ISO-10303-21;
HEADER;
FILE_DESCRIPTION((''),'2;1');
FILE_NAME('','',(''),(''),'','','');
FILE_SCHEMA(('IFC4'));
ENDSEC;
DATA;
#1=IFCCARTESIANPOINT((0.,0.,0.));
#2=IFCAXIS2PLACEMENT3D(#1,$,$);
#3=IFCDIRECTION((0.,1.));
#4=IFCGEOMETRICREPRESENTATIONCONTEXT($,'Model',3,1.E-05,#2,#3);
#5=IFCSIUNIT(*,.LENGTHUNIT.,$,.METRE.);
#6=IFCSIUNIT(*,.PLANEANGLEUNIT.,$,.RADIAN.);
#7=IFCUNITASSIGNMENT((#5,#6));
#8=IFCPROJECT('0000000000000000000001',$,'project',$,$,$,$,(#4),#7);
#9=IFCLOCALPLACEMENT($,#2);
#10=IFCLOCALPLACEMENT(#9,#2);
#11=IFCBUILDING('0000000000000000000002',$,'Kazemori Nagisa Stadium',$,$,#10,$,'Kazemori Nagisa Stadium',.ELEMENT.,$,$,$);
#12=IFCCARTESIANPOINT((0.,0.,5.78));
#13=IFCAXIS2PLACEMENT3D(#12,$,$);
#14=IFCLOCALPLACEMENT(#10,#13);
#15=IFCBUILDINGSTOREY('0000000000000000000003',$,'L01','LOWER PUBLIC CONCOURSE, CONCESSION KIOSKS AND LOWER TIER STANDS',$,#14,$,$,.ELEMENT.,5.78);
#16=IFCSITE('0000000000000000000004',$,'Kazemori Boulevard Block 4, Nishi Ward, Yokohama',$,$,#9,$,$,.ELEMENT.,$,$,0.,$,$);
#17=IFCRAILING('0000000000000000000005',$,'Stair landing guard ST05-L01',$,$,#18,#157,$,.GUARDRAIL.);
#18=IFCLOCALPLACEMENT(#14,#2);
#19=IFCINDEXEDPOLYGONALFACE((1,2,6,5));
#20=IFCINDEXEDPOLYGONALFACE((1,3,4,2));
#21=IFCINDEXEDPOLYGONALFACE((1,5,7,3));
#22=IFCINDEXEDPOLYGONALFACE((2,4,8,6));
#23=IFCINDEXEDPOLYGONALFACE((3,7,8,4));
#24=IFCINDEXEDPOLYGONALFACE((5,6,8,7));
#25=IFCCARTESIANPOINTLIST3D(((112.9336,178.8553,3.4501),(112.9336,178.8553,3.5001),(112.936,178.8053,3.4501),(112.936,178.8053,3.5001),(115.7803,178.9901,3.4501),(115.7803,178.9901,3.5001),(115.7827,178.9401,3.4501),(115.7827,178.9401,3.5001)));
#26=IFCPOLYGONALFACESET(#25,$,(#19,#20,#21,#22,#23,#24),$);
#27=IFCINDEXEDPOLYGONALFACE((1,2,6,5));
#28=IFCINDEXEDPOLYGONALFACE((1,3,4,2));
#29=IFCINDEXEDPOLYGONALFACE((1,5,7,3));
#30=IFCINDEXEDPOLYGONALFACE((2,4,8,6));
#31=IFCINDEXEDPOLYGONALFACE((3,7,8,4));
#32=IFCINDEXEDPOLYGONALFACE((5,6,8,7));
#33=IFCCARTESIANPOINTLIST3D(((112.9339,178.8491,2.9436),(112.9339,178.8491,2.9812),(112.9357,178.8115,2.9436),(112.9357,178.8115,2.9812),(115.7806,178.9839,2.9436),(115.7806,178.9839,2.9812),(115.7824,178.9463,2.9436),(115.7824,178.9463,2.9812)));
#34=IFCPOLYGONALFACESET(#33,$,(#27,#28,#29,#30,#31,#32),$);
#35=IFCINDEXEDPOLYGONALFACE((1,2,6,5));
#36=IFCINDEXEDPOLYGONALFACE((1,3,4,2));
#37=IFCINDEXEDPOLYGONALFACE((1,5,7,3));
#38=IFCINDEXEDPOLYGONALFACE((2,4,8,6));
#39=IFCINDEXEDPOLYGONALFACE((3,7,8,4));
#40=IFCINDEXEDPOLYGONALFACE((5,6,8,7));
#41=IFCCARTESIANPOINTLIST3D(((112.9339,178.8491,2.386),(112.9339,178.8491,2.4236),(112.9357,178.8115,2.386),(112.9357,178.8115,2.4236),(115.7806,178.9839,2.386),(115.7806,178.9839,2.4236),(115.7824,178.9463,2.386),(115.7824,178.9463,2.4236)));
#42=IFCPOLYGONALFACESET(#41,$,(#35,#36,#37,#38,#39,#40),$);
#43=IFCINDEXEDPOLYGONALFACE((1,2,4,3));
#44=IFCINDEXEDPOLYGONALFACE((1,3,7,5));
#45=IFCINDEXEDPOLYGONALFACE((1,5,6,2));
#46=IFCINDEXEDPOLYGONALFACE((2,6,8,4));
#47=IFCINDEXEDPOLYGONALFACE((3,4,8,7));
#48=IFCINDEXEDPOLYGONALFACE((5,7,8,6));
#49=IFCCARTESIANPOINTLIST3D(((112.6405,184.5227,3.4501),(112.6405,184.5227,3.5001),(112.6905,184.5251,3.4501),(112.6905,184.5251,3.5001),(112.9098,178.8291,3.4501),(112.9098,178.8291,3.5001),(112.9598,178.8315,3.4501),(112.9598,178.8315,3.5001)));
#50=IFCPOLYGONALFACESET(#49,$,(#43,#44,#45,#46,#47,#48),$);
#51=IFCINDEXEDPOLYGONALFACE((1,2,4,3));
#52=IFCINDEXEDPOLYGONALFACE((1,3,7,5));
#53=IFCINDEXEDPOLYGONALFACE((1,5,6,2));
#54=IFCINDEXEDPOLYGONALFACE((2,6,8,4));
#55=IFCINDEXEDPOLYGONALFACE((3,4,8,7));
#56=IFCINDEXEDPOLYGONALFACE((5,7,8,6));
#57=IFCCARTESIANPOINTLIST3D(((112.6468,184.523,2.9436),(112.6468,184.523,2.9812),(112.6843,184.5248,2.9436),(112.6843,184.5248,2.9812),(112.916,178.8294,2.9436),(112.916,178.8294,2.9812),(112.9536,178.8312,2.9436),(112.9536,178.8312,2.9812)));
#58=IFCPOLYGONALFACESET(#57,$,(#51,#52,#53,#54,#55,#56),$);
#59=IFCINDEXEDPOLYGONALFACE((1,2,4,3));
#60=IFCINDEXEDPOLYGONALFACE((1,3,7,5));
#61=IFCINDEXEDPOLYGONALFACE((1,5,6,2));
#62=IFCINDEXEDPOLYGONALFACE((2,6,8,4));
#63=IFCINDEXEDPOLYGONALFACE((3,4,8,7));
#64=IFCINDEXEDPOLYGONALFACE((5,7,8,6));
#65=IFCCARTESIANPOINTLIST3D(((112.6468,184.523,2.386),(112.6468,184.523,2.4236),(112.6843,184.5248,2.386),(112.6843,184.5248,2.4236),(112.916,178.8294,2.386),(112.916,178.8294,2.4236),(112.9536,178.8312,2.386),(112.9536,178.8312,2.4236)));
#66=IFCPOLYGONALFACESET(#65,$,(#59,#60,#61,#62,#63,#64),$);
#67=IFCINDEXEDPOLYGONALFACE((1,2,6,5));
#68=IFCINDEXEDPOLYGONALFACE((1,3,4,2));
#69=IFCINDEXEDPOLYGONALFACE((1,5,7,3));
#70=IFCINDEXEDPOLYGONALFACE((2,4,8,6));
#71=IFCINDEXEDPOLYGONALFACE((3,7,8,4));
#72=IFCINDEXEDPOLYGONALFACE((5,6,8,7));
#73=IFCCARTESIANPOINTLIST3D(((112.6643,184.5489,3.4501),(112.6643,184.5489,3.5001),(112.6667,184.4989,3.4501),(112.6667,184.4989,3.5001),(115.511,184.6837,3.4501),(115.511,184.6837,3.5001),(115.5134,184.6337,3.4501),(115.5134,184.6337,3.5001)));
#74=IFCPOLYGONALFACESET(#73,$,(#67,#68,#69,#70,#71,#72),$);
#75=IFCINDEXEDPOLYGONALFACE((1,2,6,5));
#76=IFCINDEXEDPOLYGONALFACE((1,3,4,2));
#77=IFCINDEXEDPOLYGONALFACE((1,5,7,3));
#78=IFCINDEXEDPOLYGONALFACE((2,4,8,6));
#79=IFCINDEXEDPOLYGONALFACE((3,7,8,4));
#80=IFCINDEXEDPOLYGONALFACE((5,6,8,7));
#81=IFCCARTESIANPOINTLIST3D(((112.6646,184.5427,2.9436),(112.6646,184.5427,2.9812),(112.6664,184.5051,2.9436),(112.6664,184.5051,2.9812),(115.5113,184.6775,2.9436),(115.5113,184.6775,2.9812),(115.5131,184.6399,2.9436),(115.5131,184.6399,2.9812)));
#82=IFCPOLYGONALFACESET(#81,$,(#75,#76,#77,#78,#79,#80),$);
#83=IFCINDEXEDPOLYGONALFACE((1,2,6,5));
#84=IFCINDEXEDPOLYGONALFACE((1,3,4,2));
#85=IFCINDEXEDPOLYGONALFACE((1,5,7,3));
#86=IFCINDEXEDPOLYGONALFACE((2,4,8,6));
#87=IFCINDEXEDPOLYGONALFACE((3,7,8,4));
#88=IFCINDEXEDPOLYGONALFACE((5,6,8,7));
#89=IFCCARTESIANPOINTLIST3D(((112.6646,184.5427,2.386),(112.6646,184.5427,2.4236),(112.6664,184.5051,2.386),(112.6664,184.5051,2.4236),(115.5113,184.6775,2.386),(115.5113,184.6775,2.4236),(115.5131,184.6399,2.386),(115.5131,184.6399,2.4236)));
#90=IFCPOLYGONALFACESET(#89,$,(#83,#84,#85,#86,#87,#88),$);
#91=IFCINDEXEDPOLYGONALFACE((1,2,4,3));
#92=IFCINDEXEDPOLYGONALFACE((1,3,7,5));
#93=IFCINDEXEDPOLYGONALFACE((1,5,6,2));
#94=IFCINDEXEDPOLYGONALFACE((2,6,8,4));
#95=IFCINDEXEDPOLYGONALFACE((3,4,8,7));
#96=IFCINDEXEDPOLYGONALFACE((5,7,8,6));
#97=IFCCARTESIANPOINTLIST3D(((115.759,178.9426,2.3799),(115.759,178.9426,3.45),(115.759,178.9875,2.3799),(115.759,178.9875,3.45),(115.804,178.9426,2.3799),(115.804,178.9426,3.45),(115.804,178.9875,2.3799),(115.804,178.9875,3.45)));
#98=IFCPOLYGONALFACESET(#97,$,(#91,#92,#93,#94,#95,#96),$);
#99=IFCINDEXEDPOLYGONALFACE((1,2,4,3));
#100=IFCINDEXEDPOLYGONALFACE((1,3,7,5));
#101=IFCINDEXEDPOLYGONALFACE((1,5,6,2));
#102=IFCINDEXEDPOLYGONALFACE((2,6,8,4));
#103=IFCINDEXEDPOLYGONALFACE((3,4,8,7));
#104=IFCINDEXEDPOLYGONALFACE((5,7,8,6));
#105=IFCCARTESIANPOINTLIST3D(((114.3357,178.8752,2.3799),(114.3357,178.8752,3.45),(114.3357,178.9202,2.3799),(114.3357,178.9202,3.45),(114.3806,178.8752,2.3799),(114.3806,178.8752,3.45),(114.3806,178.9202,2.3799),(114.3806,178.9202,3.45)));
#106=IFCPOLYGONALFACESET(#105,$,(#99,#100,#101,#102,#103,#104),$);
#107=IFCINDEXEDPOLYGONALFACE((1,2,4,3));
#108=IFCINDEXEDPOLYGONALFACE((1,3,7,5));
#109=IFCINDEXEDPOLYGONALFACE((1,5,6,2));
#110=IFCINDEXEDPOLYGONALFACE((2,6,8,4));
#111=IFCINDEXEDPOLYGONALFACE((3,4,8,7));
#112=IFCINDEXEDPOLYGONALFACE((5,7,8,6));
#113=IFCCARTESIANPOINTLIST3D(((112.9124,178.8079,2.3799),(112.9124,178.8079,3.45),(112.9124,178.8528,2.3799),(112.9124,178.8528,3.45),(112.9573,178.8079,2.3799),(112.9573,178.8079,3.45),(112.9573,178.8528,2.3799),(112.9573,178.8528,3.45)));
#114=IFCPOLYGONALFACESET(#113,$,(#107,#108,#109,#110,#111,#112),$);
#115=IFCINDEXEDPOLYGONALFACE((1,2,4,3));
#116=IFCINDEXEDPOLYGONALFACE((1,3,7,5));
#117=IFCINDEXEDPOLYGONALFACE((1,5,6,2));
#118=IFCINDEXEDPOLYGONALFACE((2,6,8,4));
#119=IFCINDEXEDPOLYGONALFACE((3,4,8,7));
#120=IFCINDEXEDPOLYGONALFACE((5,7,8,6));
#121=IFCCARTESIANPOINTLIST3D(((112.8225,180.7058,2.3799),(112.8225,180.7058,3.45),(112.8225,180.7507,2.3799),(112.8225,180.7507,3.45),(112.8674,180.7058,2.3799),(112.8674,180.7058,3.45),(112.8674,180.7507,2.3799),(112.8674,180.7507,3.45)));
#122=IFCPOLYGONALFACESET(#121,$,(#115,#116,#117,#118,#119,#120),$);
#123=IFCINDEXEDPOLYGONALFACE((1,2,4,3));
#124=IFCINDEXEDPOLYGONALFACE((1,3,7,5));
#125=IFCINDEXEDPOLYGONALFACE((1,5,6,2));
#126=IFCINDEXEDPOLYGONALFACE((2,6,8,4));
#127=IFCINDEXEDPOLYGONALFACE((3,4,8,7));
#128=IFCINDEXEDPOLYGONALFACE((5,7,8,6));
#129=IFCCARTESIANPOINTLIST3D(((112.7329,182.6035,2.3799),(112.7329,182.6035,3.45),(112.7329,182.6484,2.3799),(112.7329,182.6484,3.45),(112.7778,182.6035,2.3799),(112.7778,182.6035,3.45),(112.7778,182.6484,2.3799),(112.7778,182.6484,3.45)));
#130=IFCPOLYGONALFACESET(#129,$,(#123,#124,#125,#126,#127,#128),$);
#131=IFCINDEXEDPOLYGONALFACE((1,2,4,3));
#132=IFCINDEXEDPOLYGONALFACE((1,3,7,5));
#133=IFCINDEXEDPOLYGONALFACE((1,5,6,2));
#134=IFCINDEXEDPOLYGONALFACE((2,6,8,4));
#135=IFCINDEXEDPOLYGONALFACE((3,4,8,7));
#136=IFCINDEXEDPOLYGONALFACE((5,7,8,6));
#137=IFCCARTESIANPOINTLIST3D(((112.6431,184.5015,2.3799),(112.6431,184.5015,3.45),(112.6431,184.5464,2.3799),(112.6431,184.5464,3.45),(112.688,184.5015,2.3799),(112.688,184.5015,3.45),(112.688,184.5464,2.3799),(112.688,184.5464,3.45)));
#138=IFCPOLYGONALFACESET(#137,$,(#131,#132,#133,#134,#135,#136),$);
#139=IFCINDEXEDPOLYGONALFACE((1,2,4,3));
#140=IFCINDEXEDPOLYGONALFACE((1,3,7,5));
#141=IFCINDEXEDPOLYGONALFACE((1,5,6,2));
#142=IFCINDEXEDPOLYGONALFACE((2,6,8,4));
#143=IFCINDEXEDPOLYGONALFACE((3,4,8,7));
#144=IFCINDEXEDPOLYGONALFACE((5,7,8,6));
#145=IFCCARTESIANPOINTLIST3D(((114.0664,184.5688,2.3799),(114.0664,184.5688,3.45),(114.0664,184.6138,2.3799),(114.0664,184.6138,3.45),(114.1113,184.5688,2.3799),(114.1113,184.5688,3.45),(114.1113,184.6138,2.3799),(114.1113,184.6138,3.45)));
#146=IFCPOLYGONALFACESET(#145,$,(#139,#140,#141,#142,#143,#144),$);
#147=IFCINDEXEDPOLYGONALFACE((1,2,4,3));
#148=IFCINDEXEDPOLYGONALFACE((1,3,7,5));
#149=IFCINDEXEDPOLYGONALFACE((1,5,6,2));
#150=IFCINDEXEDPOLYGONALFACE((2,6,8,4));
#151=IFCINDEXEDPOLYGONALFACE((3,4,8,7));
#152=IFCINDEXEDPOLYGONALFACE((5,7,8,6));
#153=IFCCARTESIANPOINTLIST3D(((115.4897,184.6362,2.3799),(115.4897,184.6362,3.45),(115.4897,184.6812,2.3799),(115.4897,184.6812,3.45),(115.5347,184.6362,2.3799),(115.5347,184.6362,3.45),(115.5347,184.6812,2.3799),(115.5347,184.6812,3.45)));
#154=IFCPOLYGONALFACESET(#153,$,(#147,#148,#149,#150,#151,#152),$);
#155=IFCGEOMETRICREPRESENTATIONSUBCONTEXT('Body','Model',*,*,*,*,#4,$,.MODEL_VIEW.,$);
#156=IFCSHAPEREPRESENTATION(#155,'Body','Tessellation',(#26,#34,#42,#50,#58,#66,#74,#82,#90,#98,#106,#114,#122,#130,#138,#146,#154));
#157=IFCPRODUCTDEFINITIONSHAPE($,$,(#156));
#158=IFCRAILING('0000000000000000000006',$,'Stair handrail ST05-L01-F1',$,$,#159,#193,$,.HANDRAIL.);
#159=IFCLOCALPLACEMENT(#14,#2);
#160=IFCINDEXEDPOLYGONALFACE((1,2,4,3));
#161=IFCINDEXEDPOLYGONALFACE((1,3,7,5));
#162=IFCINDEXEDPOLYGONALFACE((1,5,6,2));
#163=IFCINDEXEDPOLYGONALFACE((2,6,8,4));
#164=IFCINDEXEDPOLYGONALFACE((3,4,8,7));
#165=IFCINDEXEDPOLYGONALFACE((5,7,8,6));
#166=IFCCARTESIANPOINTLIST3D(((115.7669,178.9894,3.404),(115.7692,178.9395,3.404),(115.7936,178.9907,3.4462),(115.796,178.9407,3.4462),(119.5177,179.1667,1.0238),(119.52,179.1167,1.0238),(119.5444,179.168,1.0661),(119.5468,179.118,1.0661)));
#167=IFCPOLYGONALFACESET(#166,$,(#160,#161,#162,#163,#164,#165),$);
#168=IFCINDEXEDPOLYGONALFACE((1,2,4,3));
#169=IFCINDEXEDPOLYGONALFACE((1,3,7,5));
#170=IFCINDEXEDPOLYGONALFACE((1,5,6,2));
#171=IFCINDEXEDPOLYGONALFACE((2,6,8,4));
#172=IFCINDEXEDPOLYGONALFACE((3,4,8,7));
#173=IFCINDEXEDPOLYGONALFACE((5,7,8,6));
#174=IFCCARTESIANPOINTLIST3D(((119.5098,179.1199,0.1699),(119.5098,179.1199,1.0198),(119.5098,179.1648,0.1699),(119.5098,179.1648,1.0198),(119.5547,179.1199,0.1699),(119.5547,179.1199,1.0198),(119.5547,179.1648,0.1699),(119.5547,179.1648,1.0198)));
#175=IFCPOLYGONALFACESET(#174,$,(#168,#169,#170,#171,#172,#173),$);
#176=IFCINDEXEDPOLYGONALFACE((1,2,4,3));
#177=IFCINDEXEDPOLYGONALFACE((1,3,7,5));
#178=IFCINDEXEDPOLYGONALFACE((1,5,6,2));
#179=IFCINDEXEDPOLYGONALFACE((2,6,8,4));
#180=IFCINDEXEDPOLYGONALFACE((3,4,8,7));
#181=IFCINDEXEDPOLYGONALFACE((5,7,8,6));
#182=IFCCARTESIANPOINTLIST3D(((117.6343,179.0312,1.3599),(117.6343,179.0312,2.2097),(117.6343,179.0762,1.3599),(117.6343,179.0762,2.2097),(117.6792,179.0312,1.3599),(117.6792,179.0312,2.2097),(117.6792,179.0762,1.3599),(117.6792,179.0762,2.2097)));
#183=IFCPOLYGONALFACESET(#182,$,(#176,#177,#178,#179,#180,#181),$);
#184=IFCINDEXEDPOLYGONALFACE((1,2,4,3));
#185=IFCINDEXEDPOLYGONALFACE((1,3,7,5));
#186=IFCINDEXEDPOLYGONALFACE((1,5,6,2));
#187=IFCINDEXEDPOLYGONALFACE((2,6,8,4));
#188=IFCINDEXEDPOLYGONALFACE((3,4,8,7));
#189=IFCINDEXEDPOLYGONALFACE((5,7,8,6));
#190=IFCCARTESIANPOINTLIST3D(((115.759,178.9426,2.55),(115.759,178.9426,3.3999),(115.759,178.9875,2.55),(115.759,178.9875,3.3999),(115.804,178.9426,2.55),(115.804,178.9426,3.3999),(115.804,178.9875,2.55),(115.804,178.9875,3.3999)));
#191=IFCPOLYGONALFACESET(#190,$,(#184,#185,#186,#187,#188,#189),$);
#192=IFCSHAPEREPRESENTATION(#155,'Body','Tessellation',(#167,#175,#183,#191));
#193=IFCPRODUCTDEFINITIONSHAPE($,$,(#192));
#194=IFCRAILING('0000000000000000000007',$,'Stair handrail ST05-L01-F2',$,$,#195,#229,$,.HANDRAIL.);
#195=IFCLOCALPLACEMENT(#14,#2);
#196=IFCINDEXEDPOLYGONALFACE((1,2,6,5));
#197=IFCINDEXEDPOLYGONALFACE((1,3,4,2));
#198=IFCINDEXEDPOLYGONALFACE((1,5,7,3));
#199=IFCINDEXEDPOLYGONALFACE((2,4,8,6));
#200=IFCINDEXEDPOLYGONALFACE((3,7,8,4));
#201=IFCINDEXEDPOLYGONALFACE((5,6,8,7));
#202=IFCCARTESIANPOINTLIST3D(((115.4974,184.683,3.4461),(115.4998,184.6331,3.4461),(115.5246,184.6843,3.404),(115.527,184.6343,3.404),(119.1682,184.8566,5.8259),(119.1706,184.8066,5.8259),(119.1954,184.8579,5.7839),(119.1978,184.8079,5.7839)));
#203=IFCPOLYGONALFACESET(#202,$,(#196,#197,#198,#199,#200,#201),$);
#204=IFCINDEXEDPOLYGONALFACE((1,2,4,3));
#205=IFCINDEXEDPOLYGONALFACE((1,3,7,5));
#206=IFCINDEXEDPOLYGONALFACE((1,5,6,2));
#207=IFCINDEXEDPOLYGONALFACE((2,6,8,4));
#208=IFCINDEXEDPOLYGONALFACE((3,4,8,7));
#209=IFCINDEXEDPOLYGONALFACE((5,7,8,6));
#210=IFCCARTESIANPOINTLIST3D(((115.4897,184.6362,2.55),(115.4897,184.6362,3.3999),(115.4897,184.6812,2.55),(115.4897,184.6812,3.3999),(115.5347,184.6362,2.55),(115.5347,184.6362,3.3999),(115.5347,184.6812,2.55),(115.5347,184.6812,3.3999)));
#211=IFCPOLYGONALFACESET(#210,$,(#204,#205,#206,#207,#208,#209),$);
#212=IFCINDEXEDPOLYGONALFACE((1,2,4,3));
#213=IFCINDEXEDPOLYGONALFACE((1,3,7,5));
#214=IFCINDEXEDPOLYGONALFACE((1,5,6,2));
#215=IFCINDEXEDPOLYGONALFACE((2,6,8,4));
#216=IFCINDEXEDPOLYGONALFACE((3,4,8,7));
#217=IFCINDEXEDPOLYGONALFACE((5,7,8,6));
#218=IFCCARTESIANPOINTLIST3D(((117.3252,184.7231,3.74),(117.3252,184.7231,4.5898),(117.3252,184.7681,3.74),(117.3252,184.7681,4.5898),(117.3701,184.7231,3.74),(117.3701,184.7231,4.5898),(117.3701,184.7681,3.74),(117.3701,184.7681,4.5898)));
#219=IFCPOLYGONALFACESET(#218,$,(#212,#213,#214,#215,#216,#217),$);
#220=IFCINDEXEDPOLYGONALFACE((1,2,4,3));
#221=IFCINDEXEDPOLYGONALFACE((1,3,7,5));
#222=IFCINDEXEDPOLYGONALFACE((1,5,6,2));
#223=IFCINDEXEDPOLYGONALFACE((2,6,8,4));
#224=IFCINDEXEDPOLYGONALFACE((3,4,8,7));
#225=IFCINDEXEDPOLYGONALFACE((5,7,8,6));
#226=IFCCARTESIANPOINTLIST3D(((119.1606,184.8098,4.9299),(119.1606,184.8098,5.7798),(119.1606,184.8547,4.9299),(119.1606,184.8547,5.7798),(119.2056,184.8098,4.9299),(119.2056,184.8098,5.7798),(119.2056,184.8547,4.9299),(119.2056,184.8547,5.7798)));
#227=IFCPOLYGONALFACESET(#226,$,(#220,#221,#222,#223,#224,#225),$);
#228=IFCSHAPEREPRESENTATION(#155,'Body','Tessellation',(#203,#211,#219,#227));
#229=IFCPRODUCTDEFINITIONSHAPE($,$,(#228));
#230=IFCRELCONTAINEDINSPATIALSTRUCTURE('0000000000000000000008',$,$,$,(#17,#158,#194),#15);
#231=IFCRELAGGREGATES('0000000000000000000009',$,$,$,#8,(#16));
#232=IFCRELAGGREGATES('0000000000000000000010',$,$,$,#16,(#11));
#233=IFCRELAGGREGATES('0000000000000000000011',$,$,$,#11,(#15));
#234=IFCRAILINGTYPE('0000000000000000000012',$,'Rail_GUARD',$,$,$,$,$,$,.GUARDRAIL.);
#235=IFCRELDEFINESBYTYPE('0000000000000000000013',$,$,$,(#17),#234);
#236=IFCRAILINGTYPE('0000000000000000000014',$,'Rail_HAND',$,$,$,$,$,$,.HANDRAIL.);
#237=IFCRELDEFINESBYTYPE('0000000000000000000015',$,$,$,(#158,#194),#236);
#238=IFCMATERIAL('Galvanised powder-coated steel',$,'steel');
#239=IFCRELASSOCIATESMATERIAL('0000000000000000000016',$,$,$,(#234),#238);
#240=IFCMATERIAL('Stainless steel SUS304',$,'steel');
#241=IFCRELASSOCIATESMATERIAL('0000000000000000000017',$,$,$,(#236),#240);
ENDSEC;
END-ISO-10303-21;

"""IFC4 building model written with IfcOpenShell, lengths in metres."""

from ifc_helpers import new_model, si_unit, direction, frame, origin, origin_2d, place, context, subcontext, project, spatial, rectangle, extrude, material, type_object, element, save


model = new_model("IFC4")

# Units and contexts
model_context = context("Model", 3, precision=1e-05, world=origin(), true_north=direction((0.0, 1.0)))
body_context = subcontext(model_context, "Body", "Model", "MODEL_VIEW")
ifc_project = project(units=[si_unit("LENGTHUNIT", "METRE"), si_unit("PLANEANGLEUNIT", "RADIAN")], contexts=[model_context])

# Site, building, storey
site_placement = place(None, origin())
site = spatial("IfcSite", under=ifc_project, at=site_placement, Name="Kazemori Boulevard Block 4, Nishi Ward, Yokohama", CompositionType="ELEMENT", RefElevation=0.0)
building_placement = place(site_placement, origin())
building = spatial("IfcBuilding", under=site, at=building_placement, Name="Kazemori Nagisa Stadium", LongName="Kazemori Nagisa Stadium", CompositionType="ELEMENT")
storey_placement = place(building_placement, frame((0.0, 0.0, 5.78)))
storey = spatial("IfcBuildingStorey", under=building, at=storey_placement, Name="L01", Description="LOWER PUBLIC CONCOURSE, CONCESSION KIOSKS AND LOWER TIER STANDS", CompositionType="ELEMENT", Elevation=5.78)

# Railings
ifc_material_1 = material(Name="Galvanised powder-coated steel", Category="steel")
railing_type_1 = type_object("IfcRailingType", Name="Rail_GUARD", PredefinedType="GUARDRAIL", material=ifc_material_1)
railing_1_placement = place(storey_placement, frame((115.7815, 178.9651, 2.3799)))
element("IfcRailing", 1, at=railing_1_placement, inside=storey, type_object=railing_type_1, Name="Stair landing guard ST05-L01", PredefinedType="GUARDRAIL", context=body_context, shape_type="SweptSolid", body=[
    extrude(rectangle(XDim=0.05, YDim=0.05, at=origin_2d()), frame((0.0, 0.0, 1.0952), z_axis=(-0.998881, -0.047288, 0.0), x_axis=(0.047288, -0.998881, 0.0)), (0.0, 0.0, 1.0), 2.8499),
    extrude(rectangle(XDim=0.0376, YDim=0.0376, at=origin_2d()), frame((0.0, 0.0, 0.5825), z_axis=(-0.998881, -0.047288, 0.0), x_axis=(0.047288, -0.998881, 0.0)), (0.0, 0.0, 1.0), 2.8499),
    extrude(rectangle(XDim=0.0376, YDim=0.0376, at=origin_2d()), frame((0.0, 0.0, 0.0249), z_axis=(-0.998881, -0.047288, 0.0), x_axis=(0.047288, -0.998881, 0.0)), (0.0, 0.0, 1.0), 2.8499),
    extrude(rectangle(XDim=0.05, YDim=0.05, at=origin_2d()), frame((-2.8467, -0.1348, 1.0952), z_axis=(-0.047244, 0.998883, 0.0), x_axis=(-0.998883, -0.047244, 0.0)), (0.0, 0.0, 1.0), 5.7),
    extrude(rectangle(XDim=0.0376, YDim=0.0376, at=origin_2d()), frame((-2.8467, -0.1348, 0.5825), z_axis=(-0.047244, 0.998883, 0.0), x_axis=(-0.998883, -0.047244, 0.0)), (0.0, 0.0, 1.0), 5.7),
    extrude(rectangle(XDim=0.0376, YDim=0.0376, at=origin_2d()), frame((-2.8467, -0.1348, 0.0249), z_axis=(-0.047244, 0.998883, 0.0), x_axis=(-0.998883, -0.047244, 0.0)), (0.0, 0.0, 1.0), 5.7),
    extrude(rectangle(XDim=0.05, YDim=0.05, at=origin_2d()), frame((-3.116, 5.5588, 1.0952), z_axis=(0.998881, 0.047288, 0.0), x_axis=(-0.047288, 0.998881, 0.0)), (0.0, 0.0, 1.0), 2.8499),
    extrude(rectangle(XDim=0.0376, YDim=0.0376, at=origin_2d()), frame((-3.116, 5.5588, 0.5825), z_axis=(0.998881, 0.047288, 0.0), x_axis=(-0.047288, 0.998881, 0.0)), (0.0, 0.0, 1.0), 2.8499),
    extrude(rectangle(XDim=0.0376, YDim=0.0376, at=origin_2d()), frame((-3.116, 5.5588, 0.0249), z_axis=(0.998881, 0.047288, 0.0), x_axis=(-0.047288, 0.998881, 0.0)), (0.0, 0.0, 1.0), 2.8499),
    extrude(rectangle(XDim=0.0449, YDim=0.0449, at=origin_2d()), origin(), (0.0, 0.0, 1.0), 1.0701),
    extrude(rectangle(XDim=0.0449, YDim=0.0449, at=origin_2d()), frame((-1.4233, -0.0674, 0.0)), (0.0, 0.0, 1.0), 1.0701),
    extrude(rectangle(XDim=0.0449, YDim=0.0449, at=origin_2d()), frame((-2.8467, -0.1348, 0.0)), (0.0, 0.0, 1.0), 1.0701),
    extrude(rectangle(XDim=0.0449, YDim=0.0449, at=origin_2d()), frame((-2.9365, 1.7632, 0.0)), (0.0, 0.0, 1.0), 1.0701),
    extrude(rectangle(XDim=0.0449, YDim=0.0449, at=origin_2d()), frame((-3.0261, 3.6609, 0.0)), (0.0, 0.0, 1.0), 1.0701),
    extrude(rectangle(XDim=0.0449, YDim=0.0449, at=origin_2d()), frame((-3.116, 5.5588, 0.0)), (0.0, 0.0, 1.0), 1.0701),
    extrude(rectangle(XDim=0.0449, YDim=0.0449, at=origin_2d()), frame((-1.6926, 5.6262, 0.0)), (0.0, 0.0, 1.0), 1.0701),
    extrude(rectangle(XDim=0.0449, YDim=0.0449, at=origin_2d()), frame((-0.2693, 5.6936, 0.0)), (0.0, 0.0, 1.0), 1.0701),
])
ifc_material_2 = material(Name="Stainless steel SUS304", Category="steel")
railing_type_2 = type_object("IfcRailingType", Name="Rail_HAND", PredefinedType="HANDRAIL", material=ifc_material_2)
railing_2_placement = place(storey_placement, frame((119.5322, 179.1423, 0.1699)))
element("IfcRailing", 2, at=railing_2_placement, inside=storey, type_object=railing_type_2, Name="Stair handrail ST05-L01-F1", PredefinedType="HANDRAIL", context=body_context, shape_type="SweptSolid", body=[
    extrude(rectangle(XDim=0.05, YDim=0.05, at=origin_2d()), frame((0.0, 0.0, 0.875), z_axis=(-0.843673, -0.039869, 0.535375), x_axis=(0.047204, -0.998885, 0.0)), (0.0, 0.0, 1.0), 4.4458),
    extrude(rectangle(XDim=0.0449, YDim=0.0449, at=origin_2d()), origin(), (0.0, 0.0, 1.0), 0.8499),
    extrude(rectangle(XDim=0.0449, YDim=0.0449, at=origin_2d()), frame((-1.8755, -0.0886, 1.1899)), (0.0, 0.0, 1.0), 0.8499),
    extrude(rectangle(XDim=0.0449, YDim=0.0449, at=origin_2d()), frame((-3.7507, -0.1772, 2.3801)), (0.0, 0.0, 1.0), 0.8499),
])
railing_3_placement = place(storey_placement, frame((115.5122, 184.6587, 2.55)))
element("IfcRailing", 3, at=railing_3_placement, inside=storey, type_object=railing_type_2, Name="Stair handrail ST05-L01-F2", PredefinedType="HANDRAIL", context=body_context, shape_type="SweptSolid", body=[
    extrude(rectangle(XDim=0.05, YDim=0.05, at=origin_2d()), frame((0.0, 0.0, 0.875), z_axis=(0.838431, 0.039646, 0.543564), x_axis=(-0.047234, 0.998884, 0.0)), (0.0, 0.0, 1.0), 4.3782),
    extrude(rectangle(XDim=0.0449, YDim=0.0449, at=origin_2d()), origin(), (0.0, 0.0, 1.0), 0.8499),
    extrude(rectangle(XDim=0.0449, YDim=0.0449, at=origin_2d()), frame((1.8354, 0.0869, 1.1899)), (0.0, 0.0, 1.0), 0.8499),
    extrude(rectangle(XDim=0.0449, YDim=0.0449, at=origin_2d()), frame((3.6709, 0.1736, 2.3799)), (0.0, 0.0, 1.0), 0.8499),
])

save(model, "model.ifc")
